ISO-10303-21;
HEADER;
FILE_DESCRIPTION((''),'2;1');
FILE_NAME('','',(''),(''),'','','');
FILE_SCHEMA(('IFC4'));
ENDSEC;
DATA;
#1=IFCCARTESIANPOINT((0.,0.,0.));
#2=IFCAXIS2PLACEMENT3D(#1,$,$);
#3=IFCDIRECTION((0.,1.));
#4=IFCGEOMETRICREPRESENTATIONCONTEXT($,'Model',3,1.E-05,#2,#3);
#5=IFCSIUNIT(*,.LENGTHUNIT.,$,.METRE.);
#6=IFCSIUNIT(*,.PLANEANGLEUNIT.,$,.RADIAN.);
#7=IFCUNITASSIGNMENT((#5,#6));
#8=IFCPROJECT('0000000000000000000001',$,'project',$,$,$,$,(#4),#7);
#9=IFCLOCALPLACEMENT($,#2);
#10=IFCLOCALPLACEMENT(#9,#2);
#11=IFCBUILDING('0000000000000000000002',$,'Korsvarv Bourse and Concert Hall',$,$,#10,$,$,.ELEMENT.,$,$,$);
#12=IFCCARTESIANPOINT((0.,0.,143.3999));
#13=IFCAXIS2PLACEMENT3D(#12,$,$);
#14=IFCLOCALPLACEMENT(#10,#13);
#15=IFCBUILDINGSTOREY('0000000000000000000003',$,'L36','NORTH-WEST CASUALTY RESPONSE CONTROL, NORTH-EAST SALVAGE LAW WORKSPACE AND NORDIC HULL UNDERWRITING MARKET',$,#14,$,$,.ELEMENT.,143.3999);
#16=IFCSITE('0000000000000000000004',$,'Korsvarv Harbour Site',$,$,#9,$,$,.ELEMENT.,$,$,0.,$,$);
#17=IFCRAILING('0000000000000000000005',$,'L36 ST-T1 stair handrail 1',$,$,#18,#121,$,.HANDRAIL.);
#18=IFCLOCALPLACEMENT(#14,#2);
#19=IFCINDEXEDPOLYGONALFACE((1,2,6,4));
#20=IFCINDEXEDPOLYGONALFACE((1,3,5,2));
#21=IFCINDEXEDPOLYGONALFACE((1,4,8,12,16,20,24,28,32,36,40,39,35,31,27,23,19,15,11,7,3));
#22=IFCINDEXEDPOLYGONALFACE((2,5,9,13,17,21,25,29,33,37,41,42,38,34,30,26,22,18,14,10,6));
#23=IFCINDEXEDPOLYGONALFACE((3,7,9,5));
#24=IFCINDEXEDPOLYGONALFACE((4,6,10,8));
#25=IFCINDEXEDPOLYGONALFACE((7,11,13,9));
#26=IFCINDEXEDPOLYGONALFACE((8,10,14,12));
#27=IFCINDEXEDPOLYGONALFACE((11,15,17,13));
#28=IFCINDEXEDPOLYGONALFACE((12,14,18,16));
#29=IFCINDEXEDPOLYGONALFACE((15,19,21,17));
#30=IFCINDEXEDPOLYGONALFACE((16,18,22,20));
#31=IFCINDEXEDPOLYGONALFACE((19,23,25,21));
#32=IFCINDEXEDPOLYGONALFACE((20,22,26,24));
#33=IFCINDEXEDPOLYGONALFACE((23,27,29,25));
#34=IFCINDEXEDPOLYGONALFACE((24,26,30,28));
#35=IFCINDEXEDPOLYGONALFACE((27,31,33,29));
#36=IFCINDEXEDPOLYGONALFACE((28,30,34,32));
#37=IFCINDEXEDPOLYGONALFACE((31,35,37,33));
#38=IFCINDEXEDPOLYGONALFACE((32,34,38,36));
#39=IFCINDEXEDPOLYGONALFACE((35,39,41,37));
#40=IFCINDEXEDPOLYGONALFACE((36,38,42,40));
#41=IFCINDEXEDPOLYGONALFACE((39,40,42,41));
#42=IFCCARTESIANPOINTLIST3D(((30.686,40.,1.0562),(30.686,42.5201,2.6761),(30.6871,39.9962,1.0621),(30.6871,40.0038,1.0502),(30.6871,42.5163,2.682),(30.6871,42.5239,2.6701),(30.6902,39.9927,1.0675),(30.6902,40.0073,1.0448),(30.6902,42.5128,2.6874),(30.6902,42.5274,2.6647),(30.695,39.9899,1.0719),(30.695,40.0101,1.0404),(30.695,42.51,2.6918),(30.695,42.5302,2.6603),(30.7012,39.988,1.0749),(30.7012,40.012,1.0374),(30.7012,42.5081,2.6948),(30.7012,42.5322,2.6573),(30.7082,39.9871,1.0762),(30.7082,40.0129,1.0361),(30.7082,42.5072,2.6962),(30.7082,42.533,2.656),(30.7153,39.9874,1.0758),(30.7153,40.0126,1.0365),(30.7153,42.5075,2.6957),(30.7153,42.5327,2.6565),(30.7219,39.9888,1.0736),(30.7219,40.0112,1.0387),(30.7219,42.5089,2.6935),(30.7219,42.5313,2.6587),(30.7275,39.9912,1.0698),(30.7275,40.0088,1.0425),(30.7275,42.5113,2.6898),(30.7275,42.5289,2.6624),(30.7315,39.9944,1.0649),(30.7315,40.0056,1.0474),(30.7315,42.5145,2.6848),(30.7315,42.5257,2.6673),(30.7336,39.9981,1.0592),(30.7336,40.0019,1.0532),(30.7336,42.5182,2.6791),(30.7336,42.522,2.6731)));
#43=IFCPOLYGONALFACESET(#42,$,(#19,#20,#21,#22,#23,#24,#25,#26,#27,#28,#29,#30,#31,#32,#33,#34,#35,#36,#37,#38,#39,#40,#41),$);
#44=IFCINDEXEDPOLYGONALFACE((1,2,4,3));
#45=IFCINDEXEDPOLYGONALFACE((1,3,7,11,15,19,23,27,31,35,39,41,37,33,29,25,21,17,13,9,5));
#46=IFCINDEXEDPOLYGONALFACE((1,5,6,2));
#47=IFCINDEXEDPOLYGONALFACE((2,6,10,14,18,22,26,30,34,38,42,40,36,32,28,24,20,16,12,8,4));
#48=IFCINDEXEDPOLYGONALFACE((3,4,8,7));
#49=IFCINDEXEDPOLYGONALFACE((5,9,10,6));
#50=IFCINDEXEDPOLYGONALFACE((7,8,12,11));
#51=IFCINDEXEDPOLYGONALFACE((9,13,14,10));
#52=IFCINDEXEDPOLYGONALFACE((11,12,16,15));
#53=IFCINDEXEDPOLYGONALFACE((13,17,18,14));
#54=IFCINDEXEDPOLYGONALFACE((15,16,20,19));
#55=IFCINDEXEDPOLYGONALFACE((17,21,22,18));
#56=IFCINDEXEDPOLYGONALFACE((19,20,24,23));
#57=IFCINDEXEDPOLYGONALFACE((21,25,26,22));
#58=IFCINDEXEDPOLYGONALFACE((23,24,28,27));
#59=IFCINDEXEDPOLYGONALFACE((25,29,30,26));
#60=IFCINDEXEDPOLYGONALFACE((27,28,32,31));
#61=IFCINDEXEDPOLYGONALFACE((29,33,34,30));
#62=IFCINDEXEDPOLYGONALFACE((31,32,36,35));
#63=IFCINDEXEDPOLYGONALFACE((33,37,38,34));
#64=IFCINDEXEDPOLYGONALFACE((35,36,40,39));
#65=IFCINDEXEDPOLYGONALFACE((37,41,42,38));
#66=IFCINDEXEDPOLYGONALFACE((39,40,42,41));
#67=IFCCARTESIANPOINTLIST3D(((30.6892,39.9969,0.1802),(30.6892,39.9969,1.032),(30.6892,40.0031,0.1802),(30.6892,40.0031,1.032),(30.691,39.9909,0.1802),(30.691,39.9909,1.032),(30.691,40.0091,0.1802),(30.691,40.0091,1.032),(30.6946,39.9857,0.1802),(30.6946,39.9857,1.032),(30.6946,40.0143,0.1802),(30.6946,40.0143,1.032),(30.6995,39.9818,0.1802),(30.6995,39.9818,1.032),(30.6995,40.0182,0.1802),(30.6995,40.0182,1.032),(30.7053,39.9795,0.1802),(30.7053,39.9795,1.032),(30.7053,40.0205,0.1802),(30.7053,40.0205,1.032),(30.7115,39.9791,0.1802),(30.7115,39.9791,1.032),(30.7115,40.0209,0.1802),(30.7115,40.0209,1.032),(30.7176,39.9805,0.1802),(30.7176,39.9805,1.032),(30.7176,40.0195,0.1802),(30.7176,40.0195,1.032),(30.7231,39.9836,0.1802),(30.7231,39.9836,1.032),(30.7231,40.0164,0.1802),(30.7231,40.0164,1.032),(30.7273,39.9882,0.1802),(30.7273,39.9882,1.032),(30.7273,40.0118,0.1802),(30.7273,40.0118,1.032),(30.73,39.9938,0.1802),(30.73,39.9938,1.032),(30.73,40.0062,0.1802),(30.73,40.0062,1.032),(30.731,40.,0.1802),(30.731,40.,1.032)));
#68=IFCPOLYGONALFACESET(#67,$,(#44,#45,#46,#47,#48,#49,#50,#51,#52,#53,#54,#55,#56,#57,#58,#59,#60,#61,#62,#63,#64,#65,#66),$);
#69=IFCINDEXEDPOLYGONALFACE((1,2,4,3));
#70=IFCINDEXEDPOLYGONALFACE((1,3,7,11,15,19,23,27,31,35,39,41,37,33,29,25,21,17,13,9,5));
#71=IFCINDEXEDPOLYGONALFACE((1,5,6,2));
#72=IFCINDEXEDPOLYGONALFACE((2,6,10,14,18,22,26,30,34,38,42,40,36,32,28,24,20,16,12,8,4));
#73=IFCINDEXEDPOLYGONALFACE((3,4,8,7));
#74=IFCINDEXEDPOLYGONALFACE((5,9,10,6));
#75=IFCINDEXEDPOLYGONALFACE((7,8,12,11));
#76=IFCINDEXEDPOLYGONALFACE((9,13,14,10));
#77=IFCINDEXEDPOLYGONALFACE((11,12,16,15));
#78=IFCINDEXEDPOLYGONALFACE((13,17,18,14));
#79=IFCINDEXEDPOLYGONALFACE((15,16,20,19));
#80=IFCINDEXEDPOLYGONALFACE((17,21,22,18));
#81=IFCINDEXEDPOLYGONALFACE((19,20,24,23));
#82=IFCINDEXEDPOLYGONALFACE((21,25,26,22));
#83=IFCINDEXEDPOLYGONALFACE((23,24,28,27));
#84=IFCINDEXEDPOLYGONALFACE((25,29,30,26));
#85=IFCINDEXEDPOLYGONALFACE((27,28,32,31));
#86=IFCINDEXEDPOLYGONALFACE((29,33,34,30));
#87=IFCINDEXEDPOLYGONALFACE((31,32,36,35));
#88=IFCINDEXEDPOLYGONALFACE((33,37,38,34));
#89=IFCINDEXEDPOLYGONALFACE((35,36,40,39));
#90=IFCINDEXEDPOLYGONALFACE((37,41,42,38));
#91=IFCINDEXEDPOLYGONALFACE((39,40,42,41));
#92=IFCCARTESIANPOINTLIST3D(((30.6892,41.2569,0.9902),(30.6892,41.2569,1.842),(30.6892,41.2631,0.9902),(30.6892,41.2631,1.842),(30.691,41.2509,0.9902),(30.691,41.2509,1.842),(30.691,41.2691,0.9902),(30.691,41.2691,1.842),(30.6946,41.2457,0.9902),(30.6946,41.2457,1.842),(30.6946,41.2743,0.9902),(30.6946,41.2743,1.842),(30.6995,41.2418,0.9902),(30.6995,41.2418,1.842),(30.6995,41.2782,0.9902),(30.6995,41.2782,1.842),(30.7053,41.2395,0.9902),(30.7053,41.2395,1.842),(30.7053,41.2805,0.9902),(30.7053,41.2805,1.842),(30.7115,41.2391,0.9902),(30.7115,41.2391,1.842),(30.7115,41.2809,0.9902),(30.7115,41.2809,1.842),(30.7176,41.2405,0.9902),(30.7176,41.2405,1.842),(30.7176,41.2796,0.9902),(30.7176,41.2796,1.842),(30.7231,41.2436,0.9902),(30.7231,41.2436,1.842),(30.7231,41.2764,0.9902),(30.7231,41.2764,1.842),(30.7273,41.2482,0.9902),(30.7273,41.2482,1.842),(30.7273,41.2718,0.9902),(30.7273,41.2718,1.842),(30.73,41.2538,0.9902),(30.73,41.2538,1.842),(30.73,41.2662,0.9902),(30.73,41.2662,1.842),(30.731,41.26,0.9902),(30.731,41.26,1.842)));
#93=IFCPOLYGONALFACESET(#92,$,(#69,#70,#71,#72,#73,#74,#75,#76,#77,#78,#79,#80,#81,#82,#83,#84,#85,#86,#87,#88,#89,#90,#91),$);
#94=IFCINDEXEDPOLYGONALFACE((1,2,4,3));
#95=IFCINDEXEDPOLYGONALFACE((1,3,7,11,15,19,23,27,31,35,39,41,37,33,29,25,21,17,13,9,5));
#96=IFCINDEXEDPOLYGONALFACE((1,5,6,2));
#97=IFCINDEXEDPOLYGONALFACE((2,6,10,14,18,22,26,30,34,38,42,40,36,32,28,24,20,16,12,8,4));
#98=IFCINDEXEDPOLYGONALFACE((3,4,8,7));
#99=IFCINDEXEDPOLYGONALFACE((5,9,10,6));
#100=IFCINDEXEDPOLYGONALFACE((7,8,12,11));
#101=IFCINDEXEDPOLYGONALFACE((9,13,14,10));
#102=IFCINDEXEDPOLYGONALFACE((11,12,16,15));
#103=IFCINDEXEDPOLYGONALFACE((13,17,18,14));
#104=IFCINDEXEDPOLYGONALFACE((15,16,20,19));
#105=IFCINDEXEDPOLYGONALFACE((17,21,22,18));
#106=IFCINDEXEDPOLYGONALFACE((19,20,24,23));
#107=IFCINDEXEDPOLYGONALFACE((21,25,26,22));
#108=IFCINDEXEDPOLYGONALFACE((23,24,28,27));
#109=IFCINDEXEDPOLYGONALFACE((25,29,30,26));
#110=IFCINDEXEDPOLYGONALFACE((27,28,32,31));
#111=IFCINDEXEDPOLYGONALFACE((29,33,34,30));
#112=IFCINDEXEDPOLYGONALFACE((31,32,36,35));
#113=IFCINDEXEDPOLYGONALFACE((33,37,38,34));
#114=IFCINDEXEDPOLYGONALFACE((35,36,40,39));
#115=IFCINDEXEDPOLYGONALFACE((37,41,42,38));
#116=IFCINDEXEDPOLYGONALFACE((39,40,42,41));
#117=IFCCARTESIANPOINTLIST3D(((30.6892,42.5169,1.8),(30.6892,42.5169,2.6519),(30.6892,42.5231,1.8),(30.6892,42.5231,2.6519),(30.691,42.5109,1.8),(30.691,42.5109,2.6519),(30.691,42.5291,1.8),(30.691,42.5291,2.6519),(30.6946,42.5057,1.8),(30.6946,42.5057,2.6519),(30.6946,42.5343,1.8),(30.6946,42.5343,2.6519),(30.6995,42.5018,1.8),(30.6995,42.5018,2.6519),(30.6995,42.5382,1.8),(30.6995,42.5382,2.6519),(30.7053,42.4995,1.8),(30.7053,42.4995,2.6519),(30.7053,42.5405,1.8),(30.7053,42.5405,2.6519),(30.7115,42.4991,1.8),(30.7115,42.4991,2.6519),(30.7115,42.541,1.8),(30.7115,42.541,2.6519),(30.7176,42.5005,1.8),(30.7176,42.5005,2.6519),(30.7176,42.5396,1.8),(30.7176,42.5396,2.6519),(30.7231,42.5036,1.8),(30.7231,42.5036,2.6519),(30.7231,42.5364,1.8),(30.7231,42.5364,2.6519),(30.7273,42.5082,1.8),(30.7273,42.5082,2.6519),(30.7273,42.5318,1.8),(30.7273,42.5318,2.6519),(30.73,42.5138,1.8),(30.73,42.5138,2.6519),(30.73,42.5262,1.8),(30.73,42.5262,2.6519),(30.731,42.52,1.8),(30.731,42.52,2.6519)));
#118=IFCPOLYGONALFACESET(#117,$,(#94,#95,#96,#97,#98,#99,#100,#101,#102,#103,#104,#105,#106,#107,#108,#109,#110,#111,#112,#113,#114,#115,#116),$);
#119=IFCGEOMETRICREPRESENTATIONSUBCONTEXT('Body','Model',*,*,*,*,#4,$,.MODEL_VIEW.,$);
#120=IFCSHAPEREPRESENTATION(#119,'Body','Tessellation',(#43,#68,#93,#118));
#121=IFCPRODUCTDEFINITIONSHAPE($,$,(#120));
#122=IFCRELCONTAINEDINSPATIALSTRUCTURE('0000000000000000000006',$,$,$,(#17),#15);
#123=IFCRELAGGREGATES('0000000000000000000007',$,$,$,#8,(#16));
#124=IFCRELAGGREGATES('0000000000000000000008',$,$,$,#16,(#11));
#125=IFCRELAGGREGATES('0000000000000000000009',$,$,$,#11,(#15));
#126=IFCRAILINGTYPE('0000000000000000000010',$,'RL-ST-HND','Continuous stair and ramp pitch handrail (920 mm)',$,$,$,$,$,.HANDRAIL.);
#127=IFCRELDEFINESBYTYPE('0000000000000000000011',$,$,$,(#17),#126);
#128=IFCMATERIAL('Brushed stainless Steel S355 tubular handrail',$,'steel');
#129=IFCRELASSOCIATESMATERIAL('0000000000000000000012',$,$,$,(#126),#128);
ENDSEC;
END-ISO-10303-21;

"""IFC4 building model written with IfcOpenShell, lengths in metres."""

from ifc_helpers import new_model, si_unit, direction, frame, origin, origin_2d, place, context, subcontext, project, spatial, circle, extrude, material, type_object, element, save


model = new_model("IFC4")

# Units and contexts
model_context = context("Model", 3, precision=1e-05, world=origin(), true_north=direction((0.0, 1.0)))
body_context = subcontext(model_context, "Body", "Model", "MODEL_VIEW")
ifc_project = project(units=[si_unit("LENGTHUNIT", "METRE"), si_unit("PLANEANGLEUNIT", "RADIAN")], contexts=[model_context])

# Site, building, storey
site_placement = place(None, origin())
site = spatial("IfcSite", under=ifc_project, at=site_placement, Name="Korsvarv Harbour Site", CompositionType="ELEMENT", RefElevation=0.0)
building_placement = place(site_placement, origin())
building = spatial("IfcBuilding", under=site, at=building_placement, Name="Korsvarv Bourse and Concert Hall", CompositionType="ELEMENT")
storey_placement = place(building_placement, frame((0.0, 0.0, 143.3999)))
storey = spatial("IfcBuildingStorey", under=building, at=storey_placement, Name="L36", Description="NORTH-WEST CASUALTY RESPONSE CONTROL, NORTH-EAST SALVAGE LAW WORKSPACE AND NORDIC HULL UNDERWRITING MARKET", CompositionType="ELEMENT", Elevation=143.3999)

# Railing
ifc_material_1 = material(Name="Brushed stainless Steel S355 tubular handrail", Category="steel")
railing_type_1 = type_object("IfcRailingType", Name="RL-ST-HND", Description="Continuous stair and ramp pitch handrail (920 mm)", PredefinedType="HANDRAIL", material=ifc_material_1)
railing_1_placement = place(storey_placement, frame((30.71, 40.0, 0.1802)))
element("IfcRailing", 1, at=railing_1_placement, inside=storey, type_object=railing_type_1, Name="L36 ST-T1 stair handrail 1", PredefinedType="HANDRAIL", context=body_context, shape_type="SweptSolid", body=[
    extrude(circle(Radius=0.0239, at=origin_2d()), frame((0.0, 0.0, 0.876), z_axis=(0.0, 0.8412, 0.540725), x_axis=(-1.0, 0.0, 0.0)), (0.0, 0.0, 1.0), 2.9958),
    extrude(circle(Radius=0.021, at=origin_2d()), origin(), (0.0, 0.0, 1.0), 0.8518),
    extrude(circle(Radius=0.021, at=origin_2d()), frame((0.0, 1.26, 0.8101)), (0.0, 0.0, 1.0), 0.8518),
    extrude(circle(Radius=0.021, at=origin_2d()), frame((0.0, 2.52, 1.6199)), (0.0, 0.0, 1.0), 0.8518),
])

save(model, "model.ifc")
